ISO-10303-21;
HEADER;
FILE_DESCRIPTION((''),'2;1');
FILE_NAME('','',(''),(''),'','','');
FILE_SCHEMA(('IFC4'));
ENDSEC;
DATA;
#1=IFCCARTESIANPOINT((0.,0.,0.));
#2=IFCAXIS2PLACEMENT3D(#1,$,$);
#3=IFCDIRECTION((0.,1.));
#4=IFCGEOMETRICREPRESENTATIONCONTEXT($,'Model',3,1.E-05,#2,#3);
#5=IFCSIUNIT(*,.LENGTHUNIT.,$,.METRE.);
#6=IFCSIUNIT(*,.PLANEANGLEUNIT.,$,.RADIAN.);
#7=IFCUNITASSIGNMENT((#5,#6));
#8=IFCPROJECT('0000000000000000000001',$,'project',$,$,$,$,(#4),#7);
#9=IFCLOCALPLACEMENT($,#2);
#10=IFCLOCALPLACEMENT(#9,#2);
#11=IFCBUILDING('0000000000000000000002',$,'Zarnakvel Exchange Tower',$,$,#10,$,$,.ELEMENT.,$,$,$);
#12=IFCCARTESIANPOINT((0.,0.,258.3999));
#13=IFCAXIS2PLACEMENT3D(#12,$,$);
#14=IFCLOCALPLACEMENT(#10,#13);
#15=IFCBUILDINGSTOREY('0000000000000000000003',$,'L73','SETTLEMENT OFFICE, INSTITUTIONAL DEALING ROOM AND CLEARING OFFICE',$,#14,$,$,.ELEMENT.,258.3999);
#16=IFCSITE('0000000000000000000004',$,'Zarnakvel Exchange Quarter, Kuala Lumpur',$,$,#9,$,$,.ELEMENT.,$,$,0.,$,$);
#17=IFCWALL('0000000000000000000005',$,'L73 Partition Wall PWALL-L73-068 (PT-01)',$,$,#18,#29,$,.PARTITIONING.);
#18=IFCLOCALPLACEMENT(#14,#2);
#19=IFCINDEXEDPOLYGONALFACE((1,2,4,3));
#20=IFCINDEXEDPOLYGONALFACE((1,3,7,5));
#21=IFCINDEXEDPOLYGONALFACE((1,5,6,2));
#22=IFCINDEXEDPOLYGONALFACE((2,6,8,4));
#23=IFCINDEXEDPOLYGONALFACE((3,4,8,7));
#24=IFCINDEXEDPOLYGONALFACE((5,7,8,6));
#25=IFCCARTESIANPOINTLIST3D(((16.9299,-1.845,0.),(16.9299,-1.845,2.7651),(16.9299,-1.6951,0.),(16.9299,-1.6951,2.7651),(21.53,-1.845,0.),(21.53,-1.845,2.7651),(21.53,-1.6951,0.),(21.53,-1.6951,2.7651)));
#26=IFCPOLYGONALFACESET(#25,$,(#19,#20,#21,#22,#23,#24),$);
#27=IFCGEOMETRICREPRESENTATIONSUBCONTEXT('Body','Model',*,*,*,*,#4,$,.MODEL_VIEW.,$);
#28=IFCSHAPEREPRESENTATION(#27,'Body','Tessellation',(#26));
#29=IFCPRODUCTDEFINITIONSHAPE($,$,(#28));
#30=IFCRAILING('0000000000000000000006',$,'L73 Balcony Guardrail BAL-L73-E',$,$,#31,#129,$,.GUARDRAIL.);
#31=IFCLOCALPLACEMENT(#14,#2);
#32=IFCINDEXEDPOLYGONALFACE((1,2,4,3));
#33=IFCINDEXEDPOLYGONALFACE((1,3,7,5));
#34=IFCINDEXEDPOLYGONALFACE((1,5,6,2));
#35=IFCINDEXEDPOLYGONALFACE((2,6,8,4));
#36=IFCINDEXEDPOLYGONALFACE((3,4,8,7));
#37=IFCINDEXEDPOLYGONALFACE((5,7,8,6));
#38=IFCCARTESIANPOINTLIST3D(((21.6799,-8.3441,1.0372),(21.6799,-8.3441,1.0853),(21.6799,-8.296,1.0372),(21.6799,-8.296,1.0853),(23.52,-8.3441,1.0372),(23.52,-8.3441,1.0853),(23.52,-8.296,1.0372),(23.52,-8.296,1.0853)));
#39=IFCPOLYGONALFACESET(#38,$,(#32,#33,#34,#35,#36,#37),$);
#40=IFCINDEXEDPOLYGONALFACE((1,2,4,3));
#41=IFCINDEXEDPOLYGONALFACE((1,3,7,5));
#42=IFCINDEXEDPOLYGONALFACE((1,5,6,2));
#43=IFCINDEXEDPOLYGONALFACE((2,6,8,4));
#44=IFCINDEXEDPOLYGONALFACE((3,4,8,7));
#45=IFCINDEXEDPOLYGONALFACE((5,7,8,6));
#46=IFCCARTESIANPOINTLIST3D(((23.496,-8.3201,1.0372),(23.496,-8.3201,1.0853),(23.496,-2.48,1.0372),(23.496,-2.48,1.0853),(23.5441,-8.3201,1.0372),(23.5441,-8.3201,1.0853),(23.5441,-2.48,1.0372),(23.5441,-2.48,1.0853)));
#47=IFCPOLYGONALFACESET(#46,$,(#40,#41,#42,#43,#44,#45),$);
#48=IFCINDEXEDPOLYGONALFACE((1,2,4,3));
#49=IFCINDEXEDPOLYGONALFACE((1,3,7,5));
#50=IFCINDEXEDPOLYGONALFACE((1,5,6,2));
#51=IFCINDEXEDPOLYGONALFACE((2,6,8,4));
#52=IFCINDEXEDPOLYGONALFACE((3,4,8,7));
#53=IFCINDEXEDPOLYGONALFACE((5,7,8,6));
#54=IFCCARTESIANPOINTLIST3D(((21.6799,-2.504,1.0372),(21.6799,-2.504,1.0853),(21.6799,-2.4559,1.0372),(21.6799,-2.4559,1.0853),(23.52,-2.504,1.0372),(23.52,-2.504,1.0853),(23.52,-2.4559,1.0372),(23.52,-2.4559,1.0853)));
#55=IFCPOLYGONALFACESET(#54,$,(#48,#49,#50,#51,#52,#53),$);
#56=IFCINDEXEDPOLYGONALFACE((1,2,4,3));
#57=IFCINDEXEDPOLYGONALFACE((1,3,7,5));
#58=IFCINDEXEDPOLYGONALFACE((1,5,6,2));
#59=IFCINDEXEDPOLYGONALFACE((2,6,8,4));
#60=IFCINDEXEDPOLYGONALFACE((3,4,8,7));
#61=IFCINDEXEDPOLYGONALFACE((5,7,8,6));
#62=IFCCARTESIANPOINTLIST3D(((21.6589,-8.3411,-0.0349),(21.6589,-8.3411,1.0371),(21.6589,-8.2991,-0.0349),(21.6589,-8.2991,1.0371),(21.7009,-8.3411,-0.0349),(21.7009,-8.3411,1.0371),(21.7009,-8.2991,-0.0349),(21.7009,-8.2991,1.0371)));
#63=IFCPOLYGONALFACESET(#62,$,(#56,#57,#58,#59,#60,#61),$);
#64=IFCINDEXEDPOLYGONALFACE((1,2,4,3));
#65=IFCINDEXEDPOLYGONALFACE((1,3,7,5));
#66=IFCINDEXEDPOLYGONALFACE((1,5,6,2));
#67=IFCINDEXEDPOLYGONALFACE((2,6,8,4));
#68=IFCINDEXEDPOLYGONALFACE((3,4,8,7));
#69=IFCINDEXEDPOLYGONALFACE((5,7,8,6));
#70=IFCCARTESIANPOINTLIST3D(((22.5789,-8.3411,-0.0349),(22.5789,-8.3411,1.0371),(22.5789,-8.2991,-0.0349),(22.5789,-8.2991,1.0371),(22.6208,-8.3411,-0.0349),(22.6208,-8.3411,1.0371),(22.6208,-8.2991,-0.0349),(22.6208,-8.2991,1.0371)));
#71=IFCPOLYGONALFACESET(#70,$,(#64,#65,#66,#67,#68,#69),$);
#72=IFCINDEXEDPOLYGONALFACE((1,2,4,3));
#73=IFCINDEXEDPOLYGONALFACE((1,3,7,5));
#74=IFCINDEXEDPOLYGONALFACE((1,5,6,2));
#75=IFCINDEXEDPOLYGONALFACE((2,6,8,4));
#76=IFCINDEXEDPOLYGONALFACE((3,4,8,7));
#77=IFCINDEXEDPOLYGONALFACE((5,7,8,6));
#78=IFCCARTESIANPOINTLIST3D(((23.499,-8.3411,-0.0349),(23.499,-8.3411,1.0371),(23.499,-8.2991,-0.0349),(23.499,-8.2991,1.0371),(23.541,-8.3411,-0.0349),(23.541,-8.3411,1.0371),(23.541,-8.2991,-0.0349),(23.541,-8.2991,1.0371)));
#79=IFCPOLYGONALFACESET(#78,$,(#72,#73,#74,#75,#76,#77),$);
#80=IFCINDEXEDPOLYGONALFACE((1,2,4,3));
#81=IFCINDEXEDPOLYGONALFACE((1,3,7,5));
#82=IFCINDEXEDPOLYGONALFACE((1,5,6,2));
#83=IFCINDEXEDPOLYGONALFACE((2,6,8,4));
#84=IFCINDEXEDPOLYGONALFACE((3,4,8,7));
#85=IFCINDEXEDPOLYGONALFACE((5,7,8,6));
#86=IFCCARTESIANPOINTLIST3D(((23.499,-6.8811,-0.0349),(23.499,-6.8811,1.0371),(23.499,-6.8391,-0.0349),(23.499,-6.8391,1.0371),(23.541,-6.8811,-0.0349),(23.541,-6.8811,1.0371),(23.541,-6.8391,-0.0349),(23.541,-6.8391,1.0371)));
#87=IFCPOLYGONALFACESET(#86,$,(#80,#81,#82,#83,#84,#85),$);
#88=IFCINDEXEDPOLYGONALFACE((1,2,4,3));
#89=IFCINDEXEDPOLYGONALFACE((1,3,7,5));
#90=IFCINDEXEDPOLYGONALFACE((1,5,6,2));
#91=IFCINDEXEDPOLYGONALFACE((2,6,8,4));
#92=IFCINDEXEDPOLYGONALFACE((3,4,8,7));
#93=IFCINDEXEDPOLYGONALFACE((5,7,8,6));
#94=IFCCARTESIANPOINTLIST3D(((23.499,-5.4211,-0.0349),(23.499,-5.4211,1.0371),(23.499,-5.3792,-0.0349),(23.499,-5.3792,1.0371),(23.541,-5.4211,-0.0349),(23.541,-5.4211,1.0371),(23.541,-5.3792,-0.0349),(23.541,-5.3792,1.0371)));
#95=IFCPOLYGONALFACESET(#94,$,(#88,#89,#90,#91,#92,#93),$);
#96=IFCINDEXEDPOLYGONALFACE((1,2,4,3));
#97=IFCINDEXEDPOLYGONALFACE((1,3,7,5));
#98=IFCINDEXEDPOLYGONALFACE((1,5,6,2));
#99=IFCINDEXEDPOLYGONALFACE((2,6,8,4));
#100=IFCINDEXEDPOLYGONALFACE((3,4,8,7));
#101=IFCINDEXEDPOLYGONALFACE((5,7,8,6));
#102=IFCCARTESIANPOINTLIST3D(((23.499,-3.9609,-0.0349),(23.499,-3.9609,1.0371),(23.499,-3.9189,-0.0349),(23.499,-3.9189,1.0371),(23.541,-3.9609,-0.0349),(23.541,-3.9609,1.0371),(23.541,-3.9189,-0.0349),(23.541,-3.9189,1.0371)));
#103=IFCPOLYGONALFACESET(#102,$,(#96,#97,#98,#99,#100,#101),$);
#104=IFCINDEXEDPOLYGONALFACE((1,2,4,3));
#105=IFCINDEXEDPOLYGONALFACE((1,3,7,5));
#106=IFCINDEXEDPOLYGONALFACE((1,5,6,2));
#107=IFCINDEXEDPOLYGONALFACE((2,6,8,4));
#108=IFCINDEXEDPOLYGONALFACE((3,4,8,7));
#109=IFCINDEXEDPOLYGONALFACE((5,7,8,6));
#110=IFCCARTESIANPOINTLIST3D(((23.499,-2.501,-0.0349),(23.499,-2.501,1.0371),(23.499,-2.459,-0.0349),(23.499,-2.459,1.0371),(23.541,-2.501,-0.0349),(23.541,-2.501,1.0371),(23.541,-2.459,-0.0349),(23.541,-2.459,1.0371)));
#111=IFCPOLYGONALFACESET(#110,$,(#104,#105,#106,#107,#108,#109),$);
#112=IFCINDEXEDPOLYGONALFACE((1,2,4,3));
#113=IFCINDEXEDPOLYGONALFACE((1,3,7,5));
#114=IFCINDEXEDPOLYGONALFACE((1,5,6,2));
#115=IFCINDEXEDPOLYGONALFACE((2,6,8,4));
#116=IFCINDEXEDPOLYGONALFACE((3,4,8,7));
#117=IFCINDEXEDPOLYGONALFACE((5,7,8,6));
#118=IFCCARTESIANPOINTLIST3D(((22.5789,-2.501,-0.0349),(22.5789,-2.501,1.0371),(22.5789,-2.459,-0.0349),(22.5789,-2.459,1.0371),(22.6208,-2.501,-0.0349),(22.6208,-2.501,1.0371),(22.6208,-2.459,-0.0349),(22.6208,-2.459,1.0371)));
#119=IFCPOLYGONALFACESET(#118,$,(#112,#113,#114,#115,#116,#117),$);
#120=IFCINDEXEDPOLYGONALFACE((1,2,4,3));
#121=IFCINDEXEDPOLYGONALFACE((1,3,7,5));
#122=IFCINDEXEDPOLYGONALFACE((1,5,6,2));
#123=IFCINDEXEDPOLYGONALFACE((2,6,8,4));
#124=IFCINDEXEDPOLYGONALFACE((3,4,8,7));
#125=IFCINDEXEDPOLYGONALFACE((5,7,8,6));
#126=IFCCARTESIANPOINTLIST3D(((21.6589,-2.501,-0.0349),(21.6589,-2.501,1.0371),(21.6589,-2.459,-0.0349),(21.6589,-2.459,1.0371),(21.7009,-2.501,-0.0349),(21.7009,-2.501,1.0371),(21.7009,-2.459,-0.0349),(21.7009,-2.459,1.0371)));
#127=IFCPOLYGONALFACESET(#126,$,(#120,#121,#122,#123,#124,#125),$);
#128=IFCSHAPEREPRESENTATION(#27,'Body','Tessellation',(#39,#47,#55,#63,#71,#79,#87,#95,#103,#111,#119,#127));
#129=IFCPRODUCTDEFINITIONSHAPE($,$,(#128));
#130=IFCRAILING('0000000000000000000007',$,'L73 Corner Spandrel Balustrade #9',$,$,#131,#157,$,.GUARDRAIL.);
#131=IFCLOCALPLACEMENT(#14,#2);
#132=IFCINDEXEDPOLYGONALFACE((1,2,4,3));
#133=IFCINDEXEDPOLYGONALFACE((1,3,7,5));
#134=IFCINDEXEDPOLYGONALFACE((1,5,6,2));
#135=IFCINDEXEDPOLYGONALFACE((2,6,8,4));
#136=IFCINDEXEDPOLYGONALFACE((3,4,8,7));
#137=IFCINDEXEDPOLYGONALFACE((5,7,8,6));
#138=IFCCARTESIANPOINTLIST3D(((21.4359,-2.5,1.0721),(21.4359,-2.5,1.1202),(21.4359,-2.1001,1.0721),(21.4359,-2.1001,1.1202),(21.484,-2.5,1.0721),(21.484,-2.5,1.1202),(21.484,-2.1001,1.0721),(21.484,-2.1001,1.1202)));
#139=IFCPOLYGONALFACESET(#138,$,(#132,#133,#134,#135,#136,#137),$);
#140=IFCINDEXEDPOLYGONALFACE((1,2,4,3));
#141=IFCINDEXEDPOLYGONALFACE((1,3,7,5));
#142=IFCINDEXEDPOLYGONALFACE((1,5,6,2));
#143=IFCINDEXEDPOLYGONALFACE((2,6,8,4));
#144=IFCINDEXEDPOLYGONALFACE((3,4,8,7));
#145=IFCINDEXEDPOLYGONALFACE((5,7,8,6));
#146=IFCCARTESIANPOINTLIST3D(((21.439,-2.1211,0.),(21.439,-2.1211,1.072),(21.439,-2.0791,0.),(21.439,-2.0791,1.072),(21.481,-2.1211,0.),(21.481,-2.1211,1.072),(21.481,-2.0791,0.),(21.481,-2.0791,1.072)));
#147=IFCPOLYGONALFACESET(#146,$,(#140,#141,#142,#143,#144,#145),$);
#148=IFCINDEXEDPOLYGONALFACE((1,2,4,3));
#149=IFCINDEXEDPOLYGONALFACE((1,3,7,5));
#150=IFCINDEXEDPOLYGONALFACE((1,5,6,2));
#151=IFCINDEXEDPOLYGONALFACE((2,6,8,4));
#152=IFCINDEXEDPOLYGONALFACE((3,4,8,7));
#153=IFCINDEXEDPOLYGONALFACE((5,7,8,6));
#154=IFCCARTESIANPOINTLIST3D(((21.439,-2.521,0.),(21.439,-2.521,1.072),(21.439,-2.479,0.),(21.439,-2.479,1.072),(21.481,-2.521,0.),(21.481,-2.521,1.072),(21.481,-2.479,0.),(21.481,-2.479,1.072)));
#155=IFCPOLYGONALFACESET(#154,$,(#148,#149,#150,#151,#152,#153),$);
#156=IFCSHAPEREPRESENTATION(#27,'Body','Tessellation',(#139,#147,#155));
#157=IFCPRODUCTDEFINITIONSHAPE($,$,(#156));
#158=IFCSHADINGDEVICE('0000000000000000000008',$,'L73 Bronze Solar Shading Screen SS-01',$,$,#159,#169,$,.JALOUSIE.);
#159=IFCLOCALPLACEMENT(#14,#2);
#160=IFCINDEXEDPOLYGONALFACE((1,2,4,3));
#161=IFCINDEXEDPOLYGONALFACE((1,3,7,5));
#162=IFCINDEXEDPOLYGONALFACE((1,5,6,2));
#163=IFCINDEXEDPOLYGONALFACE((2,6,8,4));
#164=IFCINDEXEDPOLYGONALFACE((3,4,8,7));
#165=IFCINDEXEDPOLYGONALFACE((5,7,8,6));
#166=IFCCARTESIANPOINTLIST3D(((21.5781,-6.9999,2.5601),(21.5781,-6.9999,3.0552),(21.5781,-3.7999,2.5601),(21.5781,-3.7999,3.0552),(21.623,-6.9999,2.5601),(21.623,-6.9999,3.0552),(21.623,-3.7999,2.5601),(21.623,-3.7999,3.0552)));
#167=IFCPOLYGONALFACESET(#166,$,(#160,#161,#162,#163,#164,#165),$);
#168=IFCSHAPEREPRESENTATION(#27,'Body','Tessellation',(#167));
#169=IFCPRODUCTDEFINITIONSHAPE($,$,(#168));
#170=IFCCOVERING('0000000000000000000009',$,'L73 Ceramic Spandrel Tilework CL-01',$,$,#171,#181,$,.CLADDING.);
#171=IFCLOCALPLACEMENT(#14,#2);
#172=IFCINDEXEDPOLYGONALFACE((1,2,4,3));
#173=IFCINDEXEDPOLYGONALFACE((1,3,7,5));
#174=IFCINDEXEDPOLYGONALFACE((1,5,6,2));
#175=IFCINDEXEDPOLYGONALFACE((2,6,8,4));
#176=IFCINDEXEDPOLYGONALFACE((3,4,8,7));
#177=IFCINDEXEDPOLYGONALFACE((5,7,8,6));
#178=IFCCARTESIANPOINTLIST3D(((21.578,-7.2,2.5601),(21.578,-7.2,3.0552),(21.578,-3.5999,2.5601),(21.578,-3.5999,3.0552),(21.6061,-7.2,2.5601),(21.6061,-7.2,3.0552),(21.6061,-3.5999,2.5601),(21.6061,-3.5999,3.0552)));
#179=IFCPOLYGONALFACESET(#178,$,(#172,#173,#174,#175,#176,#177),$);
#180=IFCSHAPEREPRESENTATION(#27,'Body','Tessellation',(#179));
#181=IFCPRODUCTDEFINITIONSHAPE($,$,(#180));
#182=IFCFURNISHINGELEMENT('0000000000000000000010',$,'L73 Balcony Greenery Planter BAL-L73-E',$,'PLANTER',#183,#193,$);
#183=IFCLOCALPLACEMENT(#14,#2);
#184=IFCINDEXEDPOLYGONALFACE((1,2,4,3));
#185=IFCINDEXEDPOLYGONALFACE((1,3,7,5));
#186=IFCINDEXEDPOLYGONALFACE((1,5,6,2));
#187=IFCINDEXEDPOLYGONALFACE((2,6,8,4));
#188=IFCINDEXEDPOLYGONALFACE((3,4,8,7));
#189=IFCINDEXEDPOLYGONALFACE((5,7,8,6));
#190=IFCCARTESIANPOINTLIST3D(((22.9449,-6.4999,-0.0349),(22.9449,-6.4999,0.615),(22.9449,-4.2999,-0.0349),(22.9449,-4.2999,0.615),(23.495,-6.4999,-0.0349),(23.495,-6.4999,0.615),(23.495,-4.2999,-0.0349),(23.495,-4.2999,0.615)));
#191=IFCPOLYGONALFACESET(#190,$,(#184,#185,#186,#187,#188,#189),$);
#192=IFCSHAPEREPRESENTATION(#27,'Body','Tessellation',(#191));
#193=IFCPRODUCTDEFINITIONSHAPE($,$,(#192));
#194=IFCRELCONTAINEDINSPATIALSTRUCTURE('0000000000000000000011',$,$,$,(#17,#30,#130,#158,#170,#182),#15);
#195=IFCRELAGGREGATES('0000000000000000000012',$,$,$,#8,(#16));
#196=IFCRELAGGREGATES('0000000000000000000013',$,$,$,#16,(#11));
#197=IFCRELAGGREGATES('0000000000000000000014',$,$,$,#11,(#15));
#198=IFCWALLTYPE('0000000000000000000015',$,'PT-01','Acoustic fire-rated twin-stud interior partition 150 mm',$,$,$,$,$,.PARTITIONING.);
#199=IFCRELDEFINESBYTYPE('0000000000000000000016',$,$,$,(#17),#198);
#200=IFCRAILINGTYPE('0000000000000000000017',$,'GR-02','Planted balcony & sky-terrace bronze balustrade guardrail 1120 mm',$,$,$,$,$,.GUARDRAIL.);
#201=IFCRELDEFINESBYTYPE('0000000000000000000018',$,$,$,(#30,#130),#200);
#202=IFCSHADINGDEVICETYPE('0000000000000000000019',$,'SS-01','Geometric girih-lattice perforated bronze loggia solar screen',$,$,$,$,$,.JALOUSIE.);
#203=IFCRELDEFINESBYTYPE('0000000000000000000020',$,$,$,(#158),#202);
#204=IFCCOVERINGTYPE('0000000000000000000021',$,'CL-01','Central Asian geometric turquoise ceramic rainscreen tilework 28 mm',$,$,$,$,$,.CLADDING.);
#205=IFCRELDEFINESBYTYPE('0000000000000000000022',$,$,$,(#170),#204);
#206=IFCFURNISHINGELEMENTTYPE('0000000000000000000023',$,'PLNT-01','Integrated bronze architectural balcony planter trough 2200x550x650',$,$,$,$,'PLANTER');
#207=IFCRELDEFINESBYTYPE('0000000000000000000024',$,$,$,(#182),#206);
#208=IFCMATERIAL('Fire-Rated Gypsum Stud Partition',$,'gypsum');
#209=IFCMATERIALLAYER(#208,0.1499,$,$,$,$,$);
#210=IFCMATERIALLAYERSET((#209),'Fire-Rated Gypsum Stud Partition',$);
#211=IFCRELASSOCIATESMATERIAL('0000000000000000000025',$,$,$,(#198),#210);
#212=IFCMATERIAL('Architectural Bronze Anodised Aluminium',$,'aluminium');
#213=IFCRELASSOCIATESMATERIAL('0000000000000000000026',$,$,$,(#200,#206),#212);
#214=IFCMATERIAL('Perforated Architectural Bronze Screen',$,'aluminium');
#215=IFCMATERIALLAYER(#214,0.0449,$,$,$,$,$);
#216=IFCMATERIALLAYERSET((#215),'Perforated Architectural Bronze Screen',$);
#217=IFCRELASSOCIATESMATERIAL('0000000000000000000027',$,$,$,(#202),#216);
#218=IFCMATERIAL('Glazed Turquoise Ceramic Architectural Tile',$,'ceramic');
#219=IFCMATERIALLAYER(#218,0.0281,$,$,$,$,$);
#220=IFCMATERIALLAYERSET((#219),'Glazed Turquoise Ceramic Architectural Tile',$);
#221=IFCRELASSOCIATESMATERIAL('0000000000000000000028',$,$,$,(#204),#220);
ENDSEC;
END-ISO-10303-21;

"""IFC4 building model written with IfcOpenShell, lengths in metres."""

from ifc_helpers import new_model, si_unit, direction, frame, frame_2d, origin, origin_2d, place, context, subcontext, project, spatial, rectangle, extrude, source, transform, mapped, material, layer, layer_set, type_object, element, save


model = new_model("IFC4")

# Units and contexts
model_context = context("Model", 3, precision=1e-05, world=origin(), true_north=direction((0.0, 1.0)))
body_context = subcontext(model_context, "Body", "Model", "MODEL_VIEW")
ifc_project = project(units=[si_unit("LENGTHUNIT", "METRE"), si_unit("PLANEANGLEUNIT", "RADIAN")], contexts=[model_context])

# Site, building, storey
site_placement = place(None, origin())
site = spatial("IfcSite", under=ifc_project, at=site_placement, Name="Zarnakvel Exchange Quarter, Kuala Lumpur", CompositionType="ELEMENT", RefElevation=0.0)
building_placement = place(site_placement, origin())
building = spatial("IfcBuilding", under=site, at=building_placement, Name="Zarnakvel Exchange Tower", CompositionType="ELEMENT")
storey_placement = place(building_placement, frame((0.0, 0.0, 258.3999)))
storey = spatial("IfcBuildingStorey", under=building, at=storey_placement, Name="L73", Description="SETTLEMENT OFFICE, INSTITUTIONAL DEALING ROOM AND CLEARING OFFICE", CompositionType="ELEMENT", Elevation=258.3999)

# Shared definitions
ifc_material_1 = material(Name="Architectural Bronze Anodised Aluminium", Category="aluminium")

# Shared definitions
ifc_material_2 = material(Name="Fire-Rated Gypsum Stud Partition", Category="gypsum")
ifc_layer_1 = layer(ifc_material_2, 0.1499)
ifc_layer_set_1 = layer_set([ifc_layer_1], Name="Fire-Rated Gypsum Stud Partition")
wall_type_1 = type_object("IfcWallType", Name="PT-01", Description="Acoustic fire-rated twin-stud interior partition 150 mm", PredefinedType="PARTITIONING", material=ifc_layer_set_1)

# Wall
wall_1_placement = place(storey_placement, frame((21.53, -1.77, 0.0), z_axis=(0.0, 0.0, 1.0), x_axis=(-1.0, 0.0, 0.0)))
element("IfcWall", 1, at=wall_1_placement, inside=storey, type_object=wall_type_1, Name="L73 Partition Wall PWALL-L73-068 (PT-01)", PredefinedType="PARTITIONING", context=body_context, shape_type="SweptSolid", body=[
    extrude(rectangle(XDim=4.6001, YDim=0.1499, at=frame_2d((2.3, 0.0))), origin(), (0.0, 0.0, 1.0), 2.7651),
])

# Railings
railing_type = type_object("IfcRailingType", Name="GR-02", Description="Planted balcony & sky-terrace bronze balustrade guardrail 1120 mm", PredefinedType="GUARDRAIL", material=ifc_material_1)
railing_1_placement = place(storey_placement, frame((21.6799, -8.3201, -0.0349)))
element("IfcRailing", 2, at=railing_1_placement, inside=storey, type_object=railing_type, Name="L73 Balcony Guardrail BAL-L73-E", PredefinedType="GUARDRAIL", context=body_context, shape_type="SweptSolid", body=[
    extrude(rectangle(XDim=0.0481, YDim=0.0481, at=origin_2d()), frame((0.0, 0.0, 1.0962), z_axis=(1.0, 0.0, 0.0), x_axis=(0.0, 1.0, 0.0)), (0.0, 0.0, 1.0), 1.8401),
    extrude(rectangle(XDim=0.0481, YDim=0.0481, at=origin_2d()), frame((1.8401, 0.0, 1.0962), z_axis=(0.0, 1.0, 0.0), x_axis=(-1.0, 0.0, 0.0)), (0.0, 0.0, 1.0), 5.8401),
    extrude(rectangle(XDim=0.0481, YDim=0.0481, at=origin_2d()), frame((1.8401, 5.8401, 1.0962), z_axis=(-1.0, 0.0, 0.0), x_axis=(0.0, -1.0, 0.0)), (0.0, 0.0, 1.0), 1.8401),
    extrude(rectangle(XDim=0.042, YDim=0.042, at=origin_2d()), origin(), (0.0, 0.0, 1.0), 1.072),
    extrude(rectangle(XDim=0.042, YDim=0.042, at=origin_2d()), frame((0.9199, 0.0, 0.0)), (0.0, 0.0, 1.0), 1.072),
    extrude(rectangle(XDim=0.042, YDim=0.042, at=origin_2d()), frame((1.8401, 0.0, 0.0)), (0.0, 0.0, 1.0), 1.072),
    extrude(rectangle(XDim=0.042, YDim=0.042, at=origin_2d()), frame((1.8401, 1.46, 0.0)), (0.0, 0.0, 1.0), 1.072),
    extrude(rectangle(XDim=0.042, YDim=0.042, at=origin_2d()), frame((1.8401, 2.9199, 0.0)), (0.0, 0.0, 1.0), 1.072),
    extrude(rectangle(XDim=0.042, YDim=0.042, at=origin_2d()), frame((1.8401, 4.3801, 0.0)), (0.0, 0.0, 1.0), 1.072),
    extrude(rectangle(XDim=0.042, YDim=0.042, at=origin_2d()), frame((1.8401, 5.8401, 0.0)), (0.0, 0.0, 1.0), 1.072),
    extrude(rectangle(XDim=0.042, YDim=0.042, at=origin_2d()), frame((0.9199, 5.8401, 0.0)), (0.0, 0.0, 1.0), 1.072),
    extrude(rectangle(XDim=0.042, YDim=0.042, at=origin_2d()), frame((0.0, 5.8401, 0.0)), (0.0, 0.0, 1.0), 1.072),
])
railing_2_placement = place(storey_placement, frame((21.46, -2.1001, 0.0)))
element("IfcRailing", 3, at=railing_2_placement, inside=storey, type_object=railing_type, Name="L73 Corner Spandrel Balustrade #9", PredefinedType="GUARDRAIL", context=body_context, shape_type="SweptSolid", body=[
    extrude(rectangle(XDim=0.0481, YDim=0.0481, at=origin_2d()), frame((0.0, 0.0, 1.0962), z_axis=(0.0, -1.0, 0.0), x_axis=(1.0, 0.0, 0.0)), (0.0, 0.0, 1.0), 0.3999),
    extrude(rectangle(XDim=0.042, YDim=0.042, at=origin_2d()), origin(), (0.0, 0.0, 1.0), 1.072),
    extrude(rectangle(XDim=0.042, YDim=0.042, at=origin_2d()), frame((0.0, -0.3999, 0.0)), (0.0, 0.0, 1.0), 1.072),
])

# Shading device
ifc_material_3 = material(Name="Perforated Architectural Bronze Screen", Category="aluminium")
ifc_layer_2 = layer(ifc_material_3, 0.0449)
ifc_layer_set_2 = layer_set([ifc_layer_2], Name="Perforated Architectural Bronze Screen")
shading_device_type = type_object("IfcShadingDeviceType", Name="SS-01", Description="Geometric girih-lattice perforated bronze loggia solar screen", PredefinedType="JALOUSIE", material=ifc_layer_set_2)
shared_shape_1 = source(origin(), body_context, "Body", "SweptSolid", [
    extrude(rectangle(XDim=3.2, YDim=0.0449, at=origin_2d()), origin(), (0.0, 0.0, 1.0), 0.4951),
])
shading_device_placement = place(storey_placement, frame((21.6006, -5.3999, 2.5601), z_axis=(0.0, 0.0, 1.0), x_axis=(0.0, -1.0, 0.0)))
element("IfcShadingDevice", 4, at=shading_device_placement, inside=storey, type_object=shading_device_type, Name="L73 Bronze Solar Shading Screen SS-01", PredefinedType="JALOUSIE", context=body_context, shape_type="MappedRepresentation", body=[
    mapped(shared_shape_1, transform((0.0, 0.0, 0.0), x_axis=(1.0, 0.0, 0.0), y_axis=(0.0, 1.0, 0.0), z_axis=(0.0, 0.0, 1.0), scale=1.0)),
])

# Covering
ifc_material_4 = material(Name="Glazed Turquoise Ceramic Architectural Tile", Category="ceramic")
ifc_layer_3 = layer(ifc_material_4, 0.0281)
ifc_layer_set_3 = layer_set([ifc_layer_3], Name="Glazed Turquoise Ceramic Architectural Tile")
covering_type = type_object("IfcCoveringType", Name="CL-01", Description="Central Asian geometric turquoise ceramic rainscreen tilework 28 mm", PredefinedType="CLADDING", material=ifc_layer_set_3)
shared_shape_2 = source(origin(), body_context, "Body", "SweptSolid", [
    extrude(rectangle(XDim=3.6001, YDim=0.0281, at=origin_2d()), origin(), (0.0, 0.0, 1.0), 0.4951),
])
covering_placement = place(storey_placement, frame((21.592, -5.3999, 2.5601), z_axis=(0.0, 0.0, 1.0), x_axis=(0.0, -1.0, 0.0)))
element("IfcCovering", 5, at=covering_placement, inside=storey, type_object=covering_type, Name="L73 Ceramic Spandrel Tilework CL-01", PredefinedType="CLADDING", context=body_context, shape_type="MappedRepresentation", body=[
    mapped(shared_shape_2, transform((0.0, 0.0, 0.0), x_axis=(1.0, 0.0, 0.0), y_axis=(0.0, 1.0, 0.0), z_axis=(0.0, 0.0, 1.0), scale=1.0)),
])

# Furnishing element
furnishing_element_type = type_object("IfcFurnishingElementType", Name="PLNT-01", Description="Integrated bronze architectural balcony planter trough 2200x550x650", ElementType="PLANTER", material=ifc_material_1)
shared_shape_3 = source(origin(), body_context, "Body", "SweptSolid", [
    extrude(rectangle(XDim=2.2, YDim=0.55, at=origin_2d()), origin(), (0.0, 0.0, 1.0), 0.6499),
])
furnishing_placement = place(storey_placement, frame((23.22, -5.3999, -0.0349), z_axis=(0.0, 0.0, 1.0), x_axis=(0.0, 1.0, 0.0)))
element("IfcFurnishingElement", 6, at=furnishing_placement, inside=storey, type_object=furnishing_element_type, Name="L73 Balcony Greenery Planter BAL-L73-E", ObjectType="PLANTER", context=body_context, shape_type="MappedRepresentation", body=[
    mapped(shared_shape_3, transform((0.0, 0.0, 0.0), x_axis=(1.0, 0.0, 0.0), y_axis=(0.0, 1.0, 0.0), z_axis=(0.0, 0.0, 1.0), scale=1.0)),
])

save(model, "model.ifc")
